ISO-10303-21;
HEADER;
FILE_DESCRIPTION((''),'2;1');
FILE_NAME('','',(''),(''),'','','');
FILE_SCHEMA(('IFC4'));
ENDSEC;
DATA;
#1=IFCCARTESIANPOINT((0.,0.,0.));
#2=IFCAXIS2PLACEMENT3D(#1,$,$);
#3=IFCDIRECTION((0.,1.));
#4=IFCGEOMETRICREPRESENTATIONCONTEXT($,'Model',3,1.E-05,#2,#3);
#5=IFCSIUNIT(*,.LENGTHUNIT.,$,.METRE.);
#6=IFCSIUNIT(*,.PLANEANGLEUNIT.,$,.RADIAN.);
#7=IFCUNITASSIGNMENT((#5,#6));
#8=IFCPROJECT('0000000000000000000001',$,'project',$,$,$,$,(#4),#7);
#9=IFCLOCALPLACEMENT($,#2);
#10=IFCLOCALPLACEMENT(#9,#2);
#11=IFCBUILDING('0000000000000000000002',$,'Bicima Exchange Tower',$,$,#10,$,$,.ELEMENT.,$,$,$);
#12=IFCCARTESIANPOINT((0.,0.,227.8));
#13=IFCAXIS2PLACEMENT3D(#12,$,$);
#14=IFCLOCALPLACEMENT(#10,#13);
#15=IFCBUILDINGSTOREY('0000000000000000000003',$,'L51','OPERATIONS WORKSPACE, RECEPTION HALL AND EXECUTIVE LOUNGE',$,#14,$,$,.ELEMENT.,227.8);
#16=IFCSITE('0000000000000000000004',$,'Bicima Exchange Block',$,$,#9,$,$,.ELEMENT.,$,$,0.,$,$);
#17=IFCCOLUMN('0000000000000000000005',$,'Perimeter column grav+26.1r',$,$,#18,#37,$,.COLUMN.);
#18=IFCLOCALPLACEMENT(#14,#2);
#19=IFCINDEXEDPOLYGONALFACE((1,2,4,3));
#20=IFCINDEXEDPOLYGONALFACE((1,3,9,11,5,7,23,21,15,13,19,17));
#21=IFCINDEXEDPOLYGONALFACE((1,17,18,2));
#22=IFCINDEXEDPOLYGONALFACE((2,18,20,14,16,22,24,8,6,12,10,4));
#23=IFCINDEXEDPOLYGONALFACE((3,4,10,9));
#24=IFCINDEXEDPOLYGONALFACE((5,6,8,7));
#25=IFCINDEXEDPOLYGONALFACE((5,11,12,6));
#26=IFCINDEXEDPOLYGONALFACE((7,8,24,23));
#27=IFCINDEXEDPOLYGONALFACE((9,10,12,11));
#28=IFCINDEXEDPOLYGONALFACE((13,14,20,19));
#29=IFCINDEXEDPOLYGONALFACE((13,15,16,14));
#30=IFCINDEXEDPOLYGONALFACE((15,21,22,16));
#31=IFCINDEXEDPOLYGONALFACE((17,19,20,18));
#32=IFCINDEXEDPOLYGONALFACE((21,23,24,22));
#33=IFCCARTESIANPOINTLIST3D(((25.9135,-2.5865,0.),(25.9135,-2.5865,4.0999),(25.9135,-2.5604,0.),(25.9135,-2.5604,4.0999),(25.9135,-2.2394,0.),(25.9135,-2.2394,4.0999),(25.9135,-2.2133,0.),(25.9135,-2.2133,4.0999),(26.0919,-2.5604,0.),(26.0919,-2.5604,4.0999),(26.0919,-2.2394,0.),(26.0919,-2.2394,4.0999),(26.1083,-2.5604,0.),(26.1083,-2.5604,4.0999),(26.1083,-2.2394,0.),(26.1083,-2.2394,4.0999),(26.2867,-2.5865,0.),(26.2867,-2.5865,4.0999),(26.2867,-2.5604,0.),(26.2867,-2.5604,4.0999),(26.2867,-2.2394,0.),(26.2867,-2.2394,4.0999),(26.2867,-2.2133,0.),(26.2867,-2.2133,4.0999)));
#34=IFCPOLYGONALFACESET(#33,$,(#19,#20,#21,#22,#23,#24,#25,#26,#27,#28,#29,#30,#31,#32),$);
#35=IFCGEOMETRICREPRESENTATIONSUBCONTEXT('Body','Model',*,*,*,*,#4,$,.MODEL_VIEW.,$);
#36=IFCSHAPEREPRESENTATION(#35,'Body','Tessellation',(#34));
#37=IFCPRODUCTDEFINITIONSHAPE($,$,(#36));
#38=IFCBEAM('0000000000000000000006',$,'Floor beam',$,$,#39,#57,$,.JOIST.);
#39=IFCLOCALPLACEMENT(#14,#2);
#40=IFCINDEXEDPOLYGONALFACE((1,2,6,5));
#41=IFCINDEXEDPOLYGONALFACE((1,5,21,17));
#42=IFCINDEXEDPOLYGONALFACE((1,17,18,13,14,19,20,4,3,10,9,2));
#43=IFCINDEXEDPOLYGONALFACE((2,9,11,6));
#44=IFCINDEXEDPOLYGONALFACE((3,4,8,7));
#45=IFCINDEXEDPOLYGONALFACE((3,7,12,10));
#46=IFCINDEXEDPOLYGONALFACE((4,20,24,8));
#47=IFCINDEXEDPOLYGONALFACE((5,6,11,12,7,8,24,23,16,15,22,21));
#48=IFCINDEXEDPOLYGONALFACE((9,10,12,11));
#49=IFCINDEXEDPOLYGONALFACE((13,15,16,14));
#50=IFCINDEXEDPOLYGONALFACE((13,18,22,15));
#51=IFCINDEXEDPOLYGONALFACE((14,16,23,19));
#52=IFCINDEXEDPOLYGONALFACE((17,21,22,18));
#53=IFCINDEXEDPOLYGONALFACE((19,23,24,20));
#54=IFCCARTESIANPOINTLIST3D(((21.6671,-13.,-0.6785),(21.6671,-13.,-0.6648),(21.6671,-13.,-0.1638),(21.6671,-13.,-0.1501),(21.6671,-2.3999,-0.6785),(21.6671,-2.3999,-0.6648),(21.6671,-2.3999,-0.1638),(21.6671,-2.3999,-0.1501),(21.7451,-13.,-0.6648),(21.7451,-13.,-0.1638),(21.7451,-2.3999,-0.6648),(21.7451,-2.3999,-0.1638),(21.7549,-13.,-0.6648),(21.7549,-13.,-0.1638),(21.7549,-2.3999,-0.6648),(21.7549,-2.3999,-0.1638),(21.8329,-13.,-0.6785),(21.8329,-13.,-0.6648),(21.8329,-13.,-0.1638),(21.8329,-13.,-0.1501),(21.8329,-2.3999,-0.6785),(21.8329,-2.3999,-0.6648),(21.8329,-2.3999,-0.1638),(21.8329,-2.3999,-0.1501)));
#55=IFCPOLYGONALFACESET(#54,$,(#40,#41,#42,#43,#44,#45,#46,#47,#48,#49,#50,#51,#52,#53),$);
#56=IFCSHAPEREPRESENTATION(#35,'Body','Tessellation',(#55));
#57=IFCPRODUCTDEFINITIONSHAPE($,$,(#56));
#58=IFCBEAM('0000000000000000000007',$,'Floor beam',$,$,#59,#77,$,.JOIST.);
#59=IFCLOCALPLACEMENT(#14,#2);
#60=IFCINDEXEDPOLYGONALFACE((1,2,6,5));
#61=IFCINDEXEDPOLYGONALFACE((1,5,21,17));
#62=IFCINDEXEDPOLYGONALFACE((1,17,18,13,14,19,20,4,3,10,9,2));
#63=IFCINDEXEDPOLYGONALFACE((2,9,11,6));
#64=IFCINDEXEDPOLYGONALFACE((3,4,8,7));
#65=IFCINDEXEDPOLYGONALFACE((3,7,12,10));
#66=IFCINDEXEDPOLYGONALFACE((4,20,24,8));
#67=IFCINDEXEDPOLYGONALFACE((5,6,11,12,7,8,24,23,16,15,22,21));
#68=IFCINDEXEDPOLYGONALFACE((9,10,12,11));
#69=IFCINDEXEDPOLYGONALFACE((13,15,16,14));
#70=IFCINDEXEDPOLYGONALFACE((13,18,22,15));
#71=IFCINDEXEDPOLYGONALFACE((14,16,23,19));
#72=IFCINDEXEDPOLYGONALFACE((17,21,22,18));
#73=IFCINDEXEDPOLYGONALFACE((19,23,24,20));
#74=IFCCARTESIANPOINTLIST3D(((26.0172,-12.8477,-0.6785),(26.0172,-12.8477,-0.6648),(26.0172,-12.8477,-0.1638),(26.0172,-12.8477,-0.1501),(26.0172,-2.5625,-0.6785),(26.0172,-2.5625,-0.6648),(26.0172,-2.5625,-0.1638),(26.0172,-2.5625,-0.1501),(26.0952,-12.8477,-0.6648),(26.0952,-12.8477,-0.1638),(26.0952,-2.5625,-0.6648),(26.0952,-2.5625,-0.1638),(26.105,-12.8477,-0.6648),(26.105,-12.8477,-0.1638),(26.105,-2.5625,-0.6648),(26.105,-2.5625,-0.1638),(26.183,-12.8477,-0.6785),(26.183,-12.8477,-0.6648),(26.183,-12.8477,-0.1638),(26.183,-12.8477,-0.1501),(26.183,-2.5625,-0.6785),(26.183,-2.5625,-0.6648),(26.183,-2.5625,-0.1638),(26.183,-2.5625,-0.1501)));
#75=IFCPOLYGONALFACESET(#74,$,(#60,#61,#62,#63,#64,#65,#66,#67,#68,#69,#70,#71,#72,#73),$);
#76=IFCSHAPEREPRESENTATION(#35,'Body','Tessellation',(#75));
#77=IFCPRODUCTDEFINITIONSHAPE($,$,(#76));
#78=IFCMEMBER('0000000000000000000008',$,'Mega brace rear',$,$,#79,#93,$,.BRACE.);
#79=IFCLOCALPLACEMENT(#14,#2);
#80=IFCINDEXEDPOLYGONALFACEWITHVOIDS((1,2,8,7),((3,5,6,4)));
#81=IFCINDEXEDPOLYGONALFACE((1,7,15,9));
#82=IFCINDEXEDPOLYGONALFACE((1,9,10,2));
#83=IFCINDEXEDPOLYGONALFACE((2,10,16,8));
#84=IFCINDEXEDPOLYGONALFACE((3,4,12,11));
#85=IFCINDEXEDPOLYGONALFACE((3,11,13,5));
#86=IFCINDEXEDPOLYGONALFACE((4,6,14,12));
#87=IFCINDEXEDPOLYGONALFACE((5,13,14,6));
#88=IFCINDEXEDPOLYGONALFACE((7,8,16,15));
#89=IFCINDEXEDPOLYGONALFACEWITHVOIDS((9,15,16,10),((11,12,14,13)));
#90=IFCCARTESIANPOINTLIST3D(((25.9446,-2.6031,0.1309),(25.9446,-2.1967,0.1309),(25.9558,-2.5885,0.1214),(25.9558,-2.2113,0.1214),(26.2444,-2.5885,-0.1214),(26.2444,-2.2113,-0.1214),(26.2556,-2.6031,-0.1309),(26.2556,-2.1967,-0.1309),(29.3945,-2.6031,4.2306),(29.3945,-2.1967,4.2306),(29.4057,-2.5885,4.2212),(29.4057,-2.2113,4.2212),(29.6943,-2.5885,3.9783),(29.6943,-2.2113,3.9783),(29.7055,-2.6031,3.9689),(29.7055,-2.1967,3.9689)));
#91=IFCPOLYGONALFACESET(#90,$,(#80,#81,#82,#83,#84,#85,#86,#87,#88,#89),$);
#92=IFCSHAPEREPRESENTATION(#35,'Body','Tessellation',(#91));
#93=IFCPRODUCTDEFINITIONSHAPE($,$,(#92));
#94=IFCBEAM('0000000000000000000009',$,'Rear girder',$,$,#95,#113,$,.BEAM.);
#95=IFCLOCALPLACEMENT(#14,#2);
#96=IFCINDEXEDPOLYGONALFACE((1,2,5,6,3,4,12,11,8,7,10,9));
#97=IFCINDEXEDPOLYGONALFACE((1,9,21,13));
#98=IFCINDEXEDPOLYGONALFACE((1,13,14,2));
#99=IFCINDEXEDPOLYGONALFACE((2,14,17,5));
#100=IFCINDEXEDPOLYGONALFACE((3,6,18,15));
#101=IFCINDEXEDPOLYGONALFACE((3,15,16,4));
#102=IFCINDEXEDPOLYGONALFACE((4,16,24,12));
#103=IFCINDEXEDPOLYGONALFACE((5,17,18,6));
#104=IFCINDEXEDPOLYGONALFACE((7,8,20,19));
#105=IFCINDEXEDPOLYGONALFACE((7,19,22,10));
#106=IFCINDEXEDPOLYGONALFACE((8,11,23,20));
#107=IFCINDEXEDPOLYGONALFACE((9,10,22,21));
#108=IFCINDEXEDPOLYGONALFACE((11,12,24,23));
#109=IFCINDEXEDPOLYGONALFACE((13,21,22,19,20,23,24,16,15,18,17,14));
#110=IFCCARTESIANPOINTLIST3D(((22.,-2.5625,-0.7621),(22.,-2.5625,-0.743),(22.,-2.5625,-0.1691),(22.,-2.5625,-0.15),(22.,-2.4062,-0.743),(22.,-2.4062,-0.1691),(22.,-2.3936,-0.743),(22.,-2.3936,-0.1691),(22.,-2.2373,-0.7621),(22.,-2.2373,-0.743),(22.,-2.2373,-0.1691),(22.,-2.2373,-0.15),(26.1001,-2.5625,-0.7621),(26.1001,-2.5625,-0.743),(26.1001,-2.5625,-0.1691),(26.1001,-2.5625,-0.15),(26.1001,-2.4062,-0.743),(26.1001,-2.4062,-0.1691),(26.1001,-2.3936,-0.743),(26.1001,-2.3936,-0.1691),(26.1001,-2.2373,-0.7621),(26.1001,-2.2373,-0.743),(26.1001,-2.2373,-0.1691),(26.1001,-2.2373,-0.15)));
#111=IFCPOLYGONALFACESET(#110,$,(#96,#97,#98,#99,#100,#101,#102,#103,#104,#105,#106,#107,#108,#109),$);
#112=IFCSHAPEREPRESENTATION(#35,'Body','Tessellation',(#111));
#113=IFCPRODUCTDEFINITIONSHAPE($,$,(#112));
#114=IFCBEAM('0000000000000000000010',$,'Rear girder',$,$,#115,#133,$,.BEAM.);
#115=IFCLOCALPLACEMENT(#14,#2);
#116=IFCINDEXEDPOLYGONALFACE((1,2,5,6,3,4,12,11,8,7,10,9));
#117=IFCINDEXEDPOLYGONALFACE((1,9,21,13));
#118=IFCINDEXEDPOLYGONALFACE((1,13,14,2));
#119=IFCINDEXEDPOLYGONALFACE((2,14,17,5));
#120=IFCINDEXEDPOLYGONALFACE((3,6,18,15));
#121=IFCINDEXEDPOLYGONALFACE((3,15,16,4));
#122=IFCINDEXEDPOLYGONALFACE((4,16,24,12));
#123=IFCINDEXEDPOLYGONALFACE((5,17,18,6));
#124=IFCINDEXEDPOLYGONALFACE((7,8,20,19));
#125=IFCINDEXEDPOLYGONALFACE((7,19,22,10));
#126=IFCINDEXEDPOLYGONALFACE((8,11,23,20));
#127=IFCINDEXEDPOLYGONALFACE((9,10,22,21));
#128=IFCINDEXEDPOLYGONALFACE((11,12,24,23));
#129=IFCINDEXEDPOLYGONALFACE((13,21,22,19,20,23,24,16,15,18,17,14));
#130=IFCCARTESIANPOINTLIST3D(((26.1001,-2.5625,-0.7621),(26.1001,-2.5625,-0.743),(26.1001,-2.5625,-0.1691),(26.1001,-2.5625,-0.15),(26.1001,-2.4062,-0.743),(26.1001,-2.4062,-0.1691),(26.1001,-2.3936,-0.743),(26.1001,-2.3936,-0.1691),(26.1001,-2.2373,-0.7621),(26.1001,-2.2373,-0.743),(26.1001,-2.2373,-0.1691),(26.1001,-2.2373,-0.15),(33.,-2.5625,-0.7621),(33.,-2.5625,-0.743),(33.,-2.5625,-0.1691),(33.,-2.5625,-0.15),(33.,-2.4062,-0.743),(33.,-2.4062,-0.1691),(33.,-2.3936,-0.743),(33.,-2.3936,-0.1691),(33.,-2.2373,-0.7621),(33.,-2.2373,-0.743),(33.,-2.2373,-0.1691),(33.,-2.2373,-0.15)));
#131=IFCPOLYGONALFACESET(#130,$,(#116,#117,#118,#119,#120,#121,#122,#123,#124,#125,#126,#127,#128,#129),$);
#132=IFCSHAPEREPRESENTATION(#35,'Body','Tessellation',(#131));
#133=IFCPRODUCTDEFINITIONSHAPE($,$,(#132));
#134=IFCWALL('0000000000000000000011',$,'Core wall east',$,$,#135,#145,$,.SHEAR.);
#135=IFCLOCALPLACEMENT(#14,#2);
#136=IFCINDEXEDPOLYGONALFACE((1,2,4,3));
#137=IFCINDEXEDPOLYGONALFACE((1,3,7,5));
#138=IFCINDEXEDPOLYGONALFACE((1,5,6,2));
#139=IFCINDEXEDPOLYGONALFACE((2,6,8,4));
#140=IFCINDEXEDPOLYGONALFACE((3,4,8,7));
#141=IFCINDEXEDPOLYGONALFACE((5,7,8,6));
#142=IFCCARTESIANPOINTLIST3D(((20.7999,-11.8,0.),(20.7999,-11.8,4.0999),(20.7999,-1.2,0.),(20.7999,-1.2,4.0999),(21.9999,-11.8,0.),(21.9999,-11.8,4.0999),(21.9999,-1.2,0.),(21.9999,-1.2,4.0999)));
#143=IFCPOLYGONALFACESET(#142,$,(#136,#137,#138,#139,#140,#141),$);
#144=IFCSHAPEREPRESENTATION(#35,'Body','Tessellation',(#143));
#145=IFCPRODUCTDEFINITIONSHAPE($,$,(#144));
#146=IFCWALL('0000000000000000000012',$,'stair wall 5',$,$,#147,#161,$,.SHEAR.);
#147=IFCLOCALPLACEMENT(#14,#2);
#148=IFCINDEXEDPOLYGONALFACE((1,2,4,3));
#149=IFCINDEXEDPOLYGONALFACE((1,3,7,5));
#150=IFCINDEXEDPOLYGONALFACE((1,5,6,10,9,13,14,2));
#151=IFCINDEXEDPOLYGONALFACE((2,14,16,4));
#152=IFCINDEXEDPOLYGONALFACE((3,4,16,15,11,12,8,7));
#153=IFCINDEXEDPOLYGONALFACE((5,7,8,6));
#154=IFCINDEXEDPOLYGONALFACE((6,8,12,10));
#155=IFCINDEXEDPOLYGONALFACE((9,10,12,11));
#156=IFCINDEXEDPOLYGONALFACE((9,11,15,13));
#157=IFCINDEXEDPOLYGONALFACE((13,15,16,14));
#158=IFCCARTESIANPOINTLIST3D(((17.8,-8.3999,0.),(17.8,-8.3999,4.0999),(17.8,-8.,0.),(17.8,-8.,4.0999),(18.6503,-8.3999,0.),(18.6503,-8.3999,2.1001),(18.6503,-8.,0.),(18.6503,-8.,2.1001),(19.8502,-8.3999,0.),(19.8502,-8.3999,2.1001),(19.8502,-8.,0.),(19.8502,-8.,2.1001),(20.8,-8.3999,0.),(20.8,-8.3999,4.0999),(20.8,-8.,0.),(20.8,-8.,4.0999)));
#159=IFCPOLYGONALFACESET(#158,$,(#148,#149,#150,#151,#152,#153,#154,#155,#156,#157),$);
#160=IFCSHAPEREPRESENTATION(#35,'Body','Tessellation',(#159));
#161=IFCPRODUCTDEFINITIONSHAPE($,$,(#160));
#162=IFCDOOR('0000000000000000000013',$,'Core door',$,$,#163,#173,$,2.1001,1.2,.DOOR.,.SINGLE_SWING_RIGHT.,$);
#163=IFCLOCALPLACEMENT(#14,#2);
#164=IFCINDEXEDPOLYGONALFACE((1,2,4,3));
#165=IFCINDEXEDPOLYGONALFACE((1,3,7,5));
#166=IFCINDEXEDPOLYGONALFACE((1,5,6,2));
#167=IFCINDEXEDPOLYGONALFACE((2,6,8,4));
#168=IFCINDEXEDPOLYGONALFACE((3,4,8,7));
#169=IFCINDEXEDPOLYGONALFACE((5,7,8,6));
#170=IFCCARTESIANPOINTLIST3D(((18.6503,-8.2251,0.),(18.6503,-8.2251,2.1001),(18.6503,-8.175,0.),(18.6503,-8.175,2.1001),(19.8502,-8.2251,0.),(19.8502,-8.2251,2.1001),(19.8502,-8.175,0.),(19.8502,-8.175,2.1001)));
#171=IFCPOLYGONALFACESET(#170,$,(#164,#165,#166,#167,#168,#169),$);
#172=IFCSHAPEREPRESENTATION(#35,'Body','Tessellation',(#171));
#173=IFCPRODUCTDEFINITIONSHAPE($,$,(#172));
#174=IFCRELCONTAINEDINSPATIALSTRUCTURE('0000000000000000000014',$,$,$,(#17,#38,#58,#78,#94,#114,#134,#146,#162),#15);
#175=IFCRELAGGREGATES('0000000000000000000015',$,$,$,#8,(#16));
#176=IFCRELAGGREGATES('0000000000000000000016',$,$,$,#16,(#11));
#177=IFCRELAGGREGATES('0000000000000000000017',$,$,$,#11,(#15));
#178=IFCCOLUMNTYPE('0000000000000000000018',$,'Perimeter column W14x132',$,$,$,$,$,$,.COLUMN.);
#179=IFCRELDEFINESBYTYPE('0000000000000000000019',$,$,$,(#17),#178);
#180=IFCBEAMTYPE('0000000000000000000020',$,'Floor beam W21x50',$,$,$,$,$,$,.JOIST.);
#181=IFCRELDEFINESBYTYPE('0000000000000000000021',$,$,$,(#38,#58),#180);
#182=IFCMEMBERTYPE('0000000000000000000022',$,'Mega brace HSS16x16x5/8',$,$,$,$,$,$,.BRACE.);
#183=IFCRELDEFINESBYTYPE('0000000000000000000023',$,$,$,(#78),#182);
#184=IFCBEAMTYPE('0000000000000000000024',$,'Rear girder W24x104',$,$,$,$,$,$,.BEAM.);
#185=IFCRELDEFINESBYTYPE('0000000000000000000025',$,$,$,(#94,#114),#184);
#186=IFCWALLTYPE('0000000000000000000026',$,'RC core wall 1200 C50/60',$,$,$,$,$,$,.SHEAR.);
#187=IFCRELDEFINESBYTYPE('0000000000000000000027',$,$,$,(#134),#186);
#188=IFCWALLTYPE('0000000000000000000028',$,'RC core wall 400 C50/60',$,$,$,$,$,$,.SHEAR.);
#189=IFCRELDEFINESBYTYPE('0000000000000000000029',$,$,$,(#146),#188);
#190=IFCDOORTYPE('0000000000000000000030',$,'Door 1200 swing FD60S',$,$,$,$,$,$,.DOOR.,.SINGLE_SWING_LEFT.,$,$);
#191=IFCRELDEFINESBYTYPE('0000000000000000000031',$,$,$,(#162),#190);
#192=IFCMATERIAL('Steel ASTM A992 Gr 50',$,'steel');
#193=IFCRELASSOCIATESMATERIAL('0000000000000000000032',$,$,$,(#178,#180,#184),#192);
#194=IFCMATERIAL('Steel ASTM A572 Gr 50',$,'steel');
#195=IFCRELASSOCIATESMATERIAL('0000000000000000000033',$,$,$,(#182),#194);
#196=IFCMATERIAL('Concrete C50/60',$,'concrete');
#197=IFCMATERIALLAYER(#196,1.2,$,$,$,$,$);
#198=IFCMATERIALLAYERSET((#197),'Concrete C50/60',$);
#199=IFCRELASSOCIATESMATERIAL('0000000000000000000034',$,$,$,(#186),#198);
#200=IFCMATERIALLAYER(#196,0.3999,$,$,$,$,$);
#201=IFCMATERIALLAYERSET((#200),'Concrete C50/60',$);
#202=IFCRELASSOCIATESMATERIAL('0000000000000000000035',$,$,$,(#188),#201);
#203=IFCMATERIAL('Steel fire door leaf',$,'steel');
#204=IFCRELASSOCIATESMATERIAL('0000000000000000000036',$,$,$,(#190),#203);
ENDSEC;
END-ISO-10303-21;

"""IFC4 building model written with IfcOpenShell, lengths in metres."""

from ifc_helpers import new_model, si_unit, direction, frame, frame_2d, origin, origin_2d, place, context, subcontext, project, spatial, rectangle, hollow_rectangle, i_section, extrude, material, layer, layer_set, material_profile, profile_set, type_object, element, fill, save


model = new_model("IFC4")

# Units and contexts
model_context = context("Model", 3, precision=1e-05, world=origin(), true_north=direction((0.0, 1.0)))
body_context = subcontext(model_context, "Body", "Model", "MODEL_VIEW")
ifc_project = project(units=[si_unit("LENGTHUNIT", "METRE"), si_unit("PLANEANGLEUNIT", "RADIAN")], contexts=[model_context])

# Site, building, storey
site_placement = place(None, origin())
site = spatial("IfcSite", under=ifc_project, at=site_placement, Name="Bicima Exchange Block", CompositionType="ELEMENT", RefElevation=0.0)
building_placement = place(site_placement, origin())
building = spatial("IfcBuilding", under=site, at=building_placement, Name="Bicima Exchange Tower", CompositionType="ELEMENT")
storey_placement = place(building_placement, frame((0.0, 0.0, 227.8)))
storey = spatial("IfcBuildingStorey", under=building, at=storey_placement, Name="L51", Description="OPERATIONS WORKSPACE, RECEPTION HALL AND EXECUTIVE LOUNGE", CompositionType="ELEMENT", Elevation=227.8)

# Column
ifc_material_1 = material(Name="Steel ASTM A992 Gr 50", Category="steel")
ifc_material_profile_1 = material_profile(ifc_material_1, i_section(OverallWidth=0.3733, OverallDepth=0.3733, WebThickness=0.0164, FlangeThickness=0.0261, at=origin_2d()))
ifc_profile_set_1 = profile_set([ifc_material_profile_1], Name="Steel ASTM A992 Gr 50")
column_type = type_object("IfcColumnType", Name="Perimeter column W14x132", PredefinedType="COLUMN", material=ifc_profile_set_1)
column_placement = place(storey_placement, frame((26.1001, -2.3999, 0.0), z_axis=(0.0, 0.0, 1.0), x_axis=(1.0, 0.0, 0.0)))
element("IfcColumn", 1, at=column_placement, inside=storey, type_object=column_type, Name="Perimeter column grav+26.1r", PredefinedType="COLUMN", context=body_context, shape_type="SweptSolid", body=[
    extrude(i_section(OverallWidth=0.3733, OverallDepth=0.3733, WebThickness=0.0164, FlangeThickness=0.0261, at=origin_2d()), origin(), (0.0, 0.0, 1.0), 4.0999),
])

# Beams
ifc_material_profile_2 = material_profile(ifc_material_1, i_section(OverallWidth=0.1658, OverallDepth=0.5283, WebThickness=0.0098, FlangeThickness=0.0137, at=origin_2d()))
ifc_profile_set_2 = profile_set([ifc_material_profile_2], Name="Steel ASTM A992 Gr 50")
beam_type_1 = type_object("IfcBeamType", Name="Floor beam W21x50", PredefinedType="JOIST", material=ifc_profile_set_2)
beam_1_placement = place(storey_placement, frame((21.75, -2.3999, -0.4143), z_axis=(0.0, -1.0, 0.0), x_axis=(1.0, 0.0, 0.0)))
element("IfcBeam", 2, at=beam_1_placement, inside=storey, type_object=beam_type_1, Name="Floor beam", PredefinedType="JOIST", context=body_context, shape_type="SweptSolid", body=[
    extrude(i_section(OverallWidth=0.1658, OverallDepth=0.5283, WebThickness=0.0098, FlangeThickness=0.0137, at=origin_2d()), origin(), (0.0, 0.0, 1.0), 10.6001),
])
beam_2_placement = place(storey_placement, frame((26.1001, -2.5625, -0.4143), z_axis=(0.0, -1.0, 0.0), x_axis=(1.0, 0.0, 0.0)))
element("IfcBeam", 3, at=beam_2_placement, inside=storey, type_object=beam_type_1, Name="Floor beam", PredefinedType="JOIST", context=body_context, shape_type="SweptSolid", body=[
    extrude(i_section(OverallWidth=0.1658, OverallDepth=0.5283, WebThickness=0.0098, FlangeThickness=0.0137, at=origin_2d()), origin(), (0.0, 0.0, 1.0), 10.2852),
])

# Member
ifc_material_2 = material(Name="Steel ASTM A572 Gr 50", Category="steel")
ifc_material_profile_3 = material_profile(ifc_material_2, hollow_rectangle(XDim=0.4065, YDim=0.4065, WallThickness=0.0146, at=origin_2d()))
ifc_profile_set_3 = profile_set([ifc_material_profile_3], Name="Steel ASTM A572 Gr 50")
member_type = type_object("IfcMemberType", Name="Mega brace HSS16x16x5/8", PredefinedType="BRACE", material=ifc_profile_set_3)
member_placement = place(storey_placement, frame((26.1001, -2.3999, 0.0), z_axis=(0.643856, 0.0, 0.765146), x_axis=(0.0, 1.0, 0.0)))
element("IfcMember", 4, at=member_placement, inside=storey, type_object=member_type, Name="Mega brace rear", PredefinedType="BRACE", context=body_context, shape_type="SweptSolid", body=[
    extrude(hollow_rectangle(XDim=0.4065, YDim=0.4065, WallThickness=0.0146, at=origin_2d()), origin(), (0.0, 0.0, 1.0), 5.3582),
])

# Beams
ifc_material_profile_4 = material_profile(ifc_material_1, i_section(OverallWidth=0.3252, OverallDepth=0.6121, WebThickness=0.0127, FlangeThickness=0.019, at=origin_2d()))
ifc_profile_set_4 = profile_set([ifc_material_profile_4], Name="Steel ASTM A992 Gr 50")
beam_type_2 = type_object("IfcBeamType", Name="Rear girder W24x104", PredefinedType="BEAM", material=ifc_profile_set_4)
beam_3_placement = place(storey_placement, frame((22.0, -2.3999, -0.4561), z_axis=(1.0, 0.0, 0.0), x_axis=(0.0, 1.0, 0.0)))
element("IfcBeam", 5, at=beam_3_placement, inside=storey, type_object=beam_type_2, Name="Rear girder", PredefinedType="BEAM", context=body_context, shape_type="SweptSolid", body=[
    extrude(i_section(OverallWidth=0.3252, OverallDepth=0.6121, WebThickness=0.0127, FlangeThickness=0.019, at=origin_2d()), origin(), (0.0, 0.0, 1.0), 4.1001),
])
beam_4_placement = place(storey_placement, frame((26.1001, -2.3999, -0.4561), z_axis=(1.0, 0.0, 0.0), x_axis=(0.0, 1.0, 0.0)))
element("IfcBeam", 6, at=beam_4_placement, inside=storey, type_object=beam_type_2, Name="Rear girder", PredefinedType="BEAM", context=body_context, shape_type="SweptSolid", body=[
    extrude(i_section(OverallWidth=0.3252, OverallDepth=0.6121, WebThickness=0.0127, FlangeThickness=0.019, at=origin_2d()), origin(), (0.0, 0.0, 1.0), 6.8999),
])

# Wall
ifc_material_3 = material(Name="Concrete C50/60", Category="concrete")
ifc_layer_1 = layer(ifc_material_3, 1.2)
ifc_layer_set_1 = layer_set([ifc_layer_1], Name="Concrete C50/60")
wall_type_1 = type_object("IfcWallType", Name="RC core wall 1200 C50/60", PredefinedType="SHEAR", material=ifc_layer_set_1)
wall_1_placement = place(storey_placement, frame((21.3999, -11.8, 0.0), z_axis=(0.0, 0.0, 1.0), x_axis=(0.0, 1.0, 0.0)))
element("IfcWall", 7, at=wall_1_placement, inside=storey, type_object=wall_type_1, Name="Core wall east", PredefinedType="SHEAR", context=body_context, shape_type="SweptSolid", body=[
    extrude(rectangle(XDim=10.6001, YDim=1.2, at=frame_2d((5.3, 0.0))), origin(), (0.0, 0.0, 1.0), 4.0999),
])

# Wall, opening, door
ifc_layer_2 = layer(ifc_material_3, 0.3999)
ifc_layer_set_2 = layer_set([ifc_layer_2], Name="Concrete C50/60")
wall_type_2 = type_object("IfcWallType", Name="RC core wall 400 C50/60", PredefinedType="SHEAR", material=ifc_layer_set_2)
wall_2_placement = place(storey_placement, frame((17.8, -8.2, 0.0), z_axis=(0.0, 0.0, 1.0), x_axis=(1.0, 0.0, 0.0)))
wall_2 = element("IfcWall", 8, at=wall_2_placement, inside=storey, type_object=wall_type_2, Name="stair wall 5", PredefinedType="SHEAR", context=body_context, shape_type="SweptSolid", body=[
    extrude(rectangle(XDim=3.0, YDim=0.3999, at=frame_2d((1.5, 0.0))), origin(), (0.0, 0.0, 1.0), 4.0999),
])
opening_1_placement = place(wall_2_placement, frame((0.8501, 0.0, 0.0)))
opening_1 = element("IfcOpeningElement", 9, at=opening_1_placement, cuts=wall_2, PredefinedType="OPENING", context=body_context, shape_type="SweptSolid", body=[
    extrude(rectangle(XDim=1.2, YDim=2.1001, at=frame_2d((0.6001, 1.05))), frame((0.0, 0.2119, 0.0), z_axis=(0.0, -1.0, 0.0), x_axis=(1.0, 0.0, 0.0)), (0.0, 0.0, 1.0), 0.4238),
])
ifc_material_4 = material(Name="Steel fire door leaf", Category="steel")
door_type_1 = type_object("IfcDoorType", Name="Door 1200 swing FD60S", OperationType="SINGLE_SWING_LEFT", PredefinedType="DOOR", material=ifc_material_4)
door_1_placement = place(opening_1_placement, origin())
door_1 = element("IfcDoor", 10, at=door_1_placement, inside=storey, type_object=door_type_1, Name="Core door", OperationType="SINGLE_SWING_RIGHT", OverallHeight=2.1001, OverallWidth=1.2, PredefinedType="DOOR", context=body_context, shape_type="SweptSolid", body=[
    extrude(rectangle(XDim=1.2, YDim=2.1001, at=frame_2d((0.6001, 1.05))), frame((0.0, 0.0249, 0.0), z_axis=(0.0, -1.0, 0.0), x_axis=(1.0, 0.0, 0.0)), (0.0, 0.0, 1.0), 0.05),
])
fill(opening_1, door_1)

save(model, "model.ifc")
